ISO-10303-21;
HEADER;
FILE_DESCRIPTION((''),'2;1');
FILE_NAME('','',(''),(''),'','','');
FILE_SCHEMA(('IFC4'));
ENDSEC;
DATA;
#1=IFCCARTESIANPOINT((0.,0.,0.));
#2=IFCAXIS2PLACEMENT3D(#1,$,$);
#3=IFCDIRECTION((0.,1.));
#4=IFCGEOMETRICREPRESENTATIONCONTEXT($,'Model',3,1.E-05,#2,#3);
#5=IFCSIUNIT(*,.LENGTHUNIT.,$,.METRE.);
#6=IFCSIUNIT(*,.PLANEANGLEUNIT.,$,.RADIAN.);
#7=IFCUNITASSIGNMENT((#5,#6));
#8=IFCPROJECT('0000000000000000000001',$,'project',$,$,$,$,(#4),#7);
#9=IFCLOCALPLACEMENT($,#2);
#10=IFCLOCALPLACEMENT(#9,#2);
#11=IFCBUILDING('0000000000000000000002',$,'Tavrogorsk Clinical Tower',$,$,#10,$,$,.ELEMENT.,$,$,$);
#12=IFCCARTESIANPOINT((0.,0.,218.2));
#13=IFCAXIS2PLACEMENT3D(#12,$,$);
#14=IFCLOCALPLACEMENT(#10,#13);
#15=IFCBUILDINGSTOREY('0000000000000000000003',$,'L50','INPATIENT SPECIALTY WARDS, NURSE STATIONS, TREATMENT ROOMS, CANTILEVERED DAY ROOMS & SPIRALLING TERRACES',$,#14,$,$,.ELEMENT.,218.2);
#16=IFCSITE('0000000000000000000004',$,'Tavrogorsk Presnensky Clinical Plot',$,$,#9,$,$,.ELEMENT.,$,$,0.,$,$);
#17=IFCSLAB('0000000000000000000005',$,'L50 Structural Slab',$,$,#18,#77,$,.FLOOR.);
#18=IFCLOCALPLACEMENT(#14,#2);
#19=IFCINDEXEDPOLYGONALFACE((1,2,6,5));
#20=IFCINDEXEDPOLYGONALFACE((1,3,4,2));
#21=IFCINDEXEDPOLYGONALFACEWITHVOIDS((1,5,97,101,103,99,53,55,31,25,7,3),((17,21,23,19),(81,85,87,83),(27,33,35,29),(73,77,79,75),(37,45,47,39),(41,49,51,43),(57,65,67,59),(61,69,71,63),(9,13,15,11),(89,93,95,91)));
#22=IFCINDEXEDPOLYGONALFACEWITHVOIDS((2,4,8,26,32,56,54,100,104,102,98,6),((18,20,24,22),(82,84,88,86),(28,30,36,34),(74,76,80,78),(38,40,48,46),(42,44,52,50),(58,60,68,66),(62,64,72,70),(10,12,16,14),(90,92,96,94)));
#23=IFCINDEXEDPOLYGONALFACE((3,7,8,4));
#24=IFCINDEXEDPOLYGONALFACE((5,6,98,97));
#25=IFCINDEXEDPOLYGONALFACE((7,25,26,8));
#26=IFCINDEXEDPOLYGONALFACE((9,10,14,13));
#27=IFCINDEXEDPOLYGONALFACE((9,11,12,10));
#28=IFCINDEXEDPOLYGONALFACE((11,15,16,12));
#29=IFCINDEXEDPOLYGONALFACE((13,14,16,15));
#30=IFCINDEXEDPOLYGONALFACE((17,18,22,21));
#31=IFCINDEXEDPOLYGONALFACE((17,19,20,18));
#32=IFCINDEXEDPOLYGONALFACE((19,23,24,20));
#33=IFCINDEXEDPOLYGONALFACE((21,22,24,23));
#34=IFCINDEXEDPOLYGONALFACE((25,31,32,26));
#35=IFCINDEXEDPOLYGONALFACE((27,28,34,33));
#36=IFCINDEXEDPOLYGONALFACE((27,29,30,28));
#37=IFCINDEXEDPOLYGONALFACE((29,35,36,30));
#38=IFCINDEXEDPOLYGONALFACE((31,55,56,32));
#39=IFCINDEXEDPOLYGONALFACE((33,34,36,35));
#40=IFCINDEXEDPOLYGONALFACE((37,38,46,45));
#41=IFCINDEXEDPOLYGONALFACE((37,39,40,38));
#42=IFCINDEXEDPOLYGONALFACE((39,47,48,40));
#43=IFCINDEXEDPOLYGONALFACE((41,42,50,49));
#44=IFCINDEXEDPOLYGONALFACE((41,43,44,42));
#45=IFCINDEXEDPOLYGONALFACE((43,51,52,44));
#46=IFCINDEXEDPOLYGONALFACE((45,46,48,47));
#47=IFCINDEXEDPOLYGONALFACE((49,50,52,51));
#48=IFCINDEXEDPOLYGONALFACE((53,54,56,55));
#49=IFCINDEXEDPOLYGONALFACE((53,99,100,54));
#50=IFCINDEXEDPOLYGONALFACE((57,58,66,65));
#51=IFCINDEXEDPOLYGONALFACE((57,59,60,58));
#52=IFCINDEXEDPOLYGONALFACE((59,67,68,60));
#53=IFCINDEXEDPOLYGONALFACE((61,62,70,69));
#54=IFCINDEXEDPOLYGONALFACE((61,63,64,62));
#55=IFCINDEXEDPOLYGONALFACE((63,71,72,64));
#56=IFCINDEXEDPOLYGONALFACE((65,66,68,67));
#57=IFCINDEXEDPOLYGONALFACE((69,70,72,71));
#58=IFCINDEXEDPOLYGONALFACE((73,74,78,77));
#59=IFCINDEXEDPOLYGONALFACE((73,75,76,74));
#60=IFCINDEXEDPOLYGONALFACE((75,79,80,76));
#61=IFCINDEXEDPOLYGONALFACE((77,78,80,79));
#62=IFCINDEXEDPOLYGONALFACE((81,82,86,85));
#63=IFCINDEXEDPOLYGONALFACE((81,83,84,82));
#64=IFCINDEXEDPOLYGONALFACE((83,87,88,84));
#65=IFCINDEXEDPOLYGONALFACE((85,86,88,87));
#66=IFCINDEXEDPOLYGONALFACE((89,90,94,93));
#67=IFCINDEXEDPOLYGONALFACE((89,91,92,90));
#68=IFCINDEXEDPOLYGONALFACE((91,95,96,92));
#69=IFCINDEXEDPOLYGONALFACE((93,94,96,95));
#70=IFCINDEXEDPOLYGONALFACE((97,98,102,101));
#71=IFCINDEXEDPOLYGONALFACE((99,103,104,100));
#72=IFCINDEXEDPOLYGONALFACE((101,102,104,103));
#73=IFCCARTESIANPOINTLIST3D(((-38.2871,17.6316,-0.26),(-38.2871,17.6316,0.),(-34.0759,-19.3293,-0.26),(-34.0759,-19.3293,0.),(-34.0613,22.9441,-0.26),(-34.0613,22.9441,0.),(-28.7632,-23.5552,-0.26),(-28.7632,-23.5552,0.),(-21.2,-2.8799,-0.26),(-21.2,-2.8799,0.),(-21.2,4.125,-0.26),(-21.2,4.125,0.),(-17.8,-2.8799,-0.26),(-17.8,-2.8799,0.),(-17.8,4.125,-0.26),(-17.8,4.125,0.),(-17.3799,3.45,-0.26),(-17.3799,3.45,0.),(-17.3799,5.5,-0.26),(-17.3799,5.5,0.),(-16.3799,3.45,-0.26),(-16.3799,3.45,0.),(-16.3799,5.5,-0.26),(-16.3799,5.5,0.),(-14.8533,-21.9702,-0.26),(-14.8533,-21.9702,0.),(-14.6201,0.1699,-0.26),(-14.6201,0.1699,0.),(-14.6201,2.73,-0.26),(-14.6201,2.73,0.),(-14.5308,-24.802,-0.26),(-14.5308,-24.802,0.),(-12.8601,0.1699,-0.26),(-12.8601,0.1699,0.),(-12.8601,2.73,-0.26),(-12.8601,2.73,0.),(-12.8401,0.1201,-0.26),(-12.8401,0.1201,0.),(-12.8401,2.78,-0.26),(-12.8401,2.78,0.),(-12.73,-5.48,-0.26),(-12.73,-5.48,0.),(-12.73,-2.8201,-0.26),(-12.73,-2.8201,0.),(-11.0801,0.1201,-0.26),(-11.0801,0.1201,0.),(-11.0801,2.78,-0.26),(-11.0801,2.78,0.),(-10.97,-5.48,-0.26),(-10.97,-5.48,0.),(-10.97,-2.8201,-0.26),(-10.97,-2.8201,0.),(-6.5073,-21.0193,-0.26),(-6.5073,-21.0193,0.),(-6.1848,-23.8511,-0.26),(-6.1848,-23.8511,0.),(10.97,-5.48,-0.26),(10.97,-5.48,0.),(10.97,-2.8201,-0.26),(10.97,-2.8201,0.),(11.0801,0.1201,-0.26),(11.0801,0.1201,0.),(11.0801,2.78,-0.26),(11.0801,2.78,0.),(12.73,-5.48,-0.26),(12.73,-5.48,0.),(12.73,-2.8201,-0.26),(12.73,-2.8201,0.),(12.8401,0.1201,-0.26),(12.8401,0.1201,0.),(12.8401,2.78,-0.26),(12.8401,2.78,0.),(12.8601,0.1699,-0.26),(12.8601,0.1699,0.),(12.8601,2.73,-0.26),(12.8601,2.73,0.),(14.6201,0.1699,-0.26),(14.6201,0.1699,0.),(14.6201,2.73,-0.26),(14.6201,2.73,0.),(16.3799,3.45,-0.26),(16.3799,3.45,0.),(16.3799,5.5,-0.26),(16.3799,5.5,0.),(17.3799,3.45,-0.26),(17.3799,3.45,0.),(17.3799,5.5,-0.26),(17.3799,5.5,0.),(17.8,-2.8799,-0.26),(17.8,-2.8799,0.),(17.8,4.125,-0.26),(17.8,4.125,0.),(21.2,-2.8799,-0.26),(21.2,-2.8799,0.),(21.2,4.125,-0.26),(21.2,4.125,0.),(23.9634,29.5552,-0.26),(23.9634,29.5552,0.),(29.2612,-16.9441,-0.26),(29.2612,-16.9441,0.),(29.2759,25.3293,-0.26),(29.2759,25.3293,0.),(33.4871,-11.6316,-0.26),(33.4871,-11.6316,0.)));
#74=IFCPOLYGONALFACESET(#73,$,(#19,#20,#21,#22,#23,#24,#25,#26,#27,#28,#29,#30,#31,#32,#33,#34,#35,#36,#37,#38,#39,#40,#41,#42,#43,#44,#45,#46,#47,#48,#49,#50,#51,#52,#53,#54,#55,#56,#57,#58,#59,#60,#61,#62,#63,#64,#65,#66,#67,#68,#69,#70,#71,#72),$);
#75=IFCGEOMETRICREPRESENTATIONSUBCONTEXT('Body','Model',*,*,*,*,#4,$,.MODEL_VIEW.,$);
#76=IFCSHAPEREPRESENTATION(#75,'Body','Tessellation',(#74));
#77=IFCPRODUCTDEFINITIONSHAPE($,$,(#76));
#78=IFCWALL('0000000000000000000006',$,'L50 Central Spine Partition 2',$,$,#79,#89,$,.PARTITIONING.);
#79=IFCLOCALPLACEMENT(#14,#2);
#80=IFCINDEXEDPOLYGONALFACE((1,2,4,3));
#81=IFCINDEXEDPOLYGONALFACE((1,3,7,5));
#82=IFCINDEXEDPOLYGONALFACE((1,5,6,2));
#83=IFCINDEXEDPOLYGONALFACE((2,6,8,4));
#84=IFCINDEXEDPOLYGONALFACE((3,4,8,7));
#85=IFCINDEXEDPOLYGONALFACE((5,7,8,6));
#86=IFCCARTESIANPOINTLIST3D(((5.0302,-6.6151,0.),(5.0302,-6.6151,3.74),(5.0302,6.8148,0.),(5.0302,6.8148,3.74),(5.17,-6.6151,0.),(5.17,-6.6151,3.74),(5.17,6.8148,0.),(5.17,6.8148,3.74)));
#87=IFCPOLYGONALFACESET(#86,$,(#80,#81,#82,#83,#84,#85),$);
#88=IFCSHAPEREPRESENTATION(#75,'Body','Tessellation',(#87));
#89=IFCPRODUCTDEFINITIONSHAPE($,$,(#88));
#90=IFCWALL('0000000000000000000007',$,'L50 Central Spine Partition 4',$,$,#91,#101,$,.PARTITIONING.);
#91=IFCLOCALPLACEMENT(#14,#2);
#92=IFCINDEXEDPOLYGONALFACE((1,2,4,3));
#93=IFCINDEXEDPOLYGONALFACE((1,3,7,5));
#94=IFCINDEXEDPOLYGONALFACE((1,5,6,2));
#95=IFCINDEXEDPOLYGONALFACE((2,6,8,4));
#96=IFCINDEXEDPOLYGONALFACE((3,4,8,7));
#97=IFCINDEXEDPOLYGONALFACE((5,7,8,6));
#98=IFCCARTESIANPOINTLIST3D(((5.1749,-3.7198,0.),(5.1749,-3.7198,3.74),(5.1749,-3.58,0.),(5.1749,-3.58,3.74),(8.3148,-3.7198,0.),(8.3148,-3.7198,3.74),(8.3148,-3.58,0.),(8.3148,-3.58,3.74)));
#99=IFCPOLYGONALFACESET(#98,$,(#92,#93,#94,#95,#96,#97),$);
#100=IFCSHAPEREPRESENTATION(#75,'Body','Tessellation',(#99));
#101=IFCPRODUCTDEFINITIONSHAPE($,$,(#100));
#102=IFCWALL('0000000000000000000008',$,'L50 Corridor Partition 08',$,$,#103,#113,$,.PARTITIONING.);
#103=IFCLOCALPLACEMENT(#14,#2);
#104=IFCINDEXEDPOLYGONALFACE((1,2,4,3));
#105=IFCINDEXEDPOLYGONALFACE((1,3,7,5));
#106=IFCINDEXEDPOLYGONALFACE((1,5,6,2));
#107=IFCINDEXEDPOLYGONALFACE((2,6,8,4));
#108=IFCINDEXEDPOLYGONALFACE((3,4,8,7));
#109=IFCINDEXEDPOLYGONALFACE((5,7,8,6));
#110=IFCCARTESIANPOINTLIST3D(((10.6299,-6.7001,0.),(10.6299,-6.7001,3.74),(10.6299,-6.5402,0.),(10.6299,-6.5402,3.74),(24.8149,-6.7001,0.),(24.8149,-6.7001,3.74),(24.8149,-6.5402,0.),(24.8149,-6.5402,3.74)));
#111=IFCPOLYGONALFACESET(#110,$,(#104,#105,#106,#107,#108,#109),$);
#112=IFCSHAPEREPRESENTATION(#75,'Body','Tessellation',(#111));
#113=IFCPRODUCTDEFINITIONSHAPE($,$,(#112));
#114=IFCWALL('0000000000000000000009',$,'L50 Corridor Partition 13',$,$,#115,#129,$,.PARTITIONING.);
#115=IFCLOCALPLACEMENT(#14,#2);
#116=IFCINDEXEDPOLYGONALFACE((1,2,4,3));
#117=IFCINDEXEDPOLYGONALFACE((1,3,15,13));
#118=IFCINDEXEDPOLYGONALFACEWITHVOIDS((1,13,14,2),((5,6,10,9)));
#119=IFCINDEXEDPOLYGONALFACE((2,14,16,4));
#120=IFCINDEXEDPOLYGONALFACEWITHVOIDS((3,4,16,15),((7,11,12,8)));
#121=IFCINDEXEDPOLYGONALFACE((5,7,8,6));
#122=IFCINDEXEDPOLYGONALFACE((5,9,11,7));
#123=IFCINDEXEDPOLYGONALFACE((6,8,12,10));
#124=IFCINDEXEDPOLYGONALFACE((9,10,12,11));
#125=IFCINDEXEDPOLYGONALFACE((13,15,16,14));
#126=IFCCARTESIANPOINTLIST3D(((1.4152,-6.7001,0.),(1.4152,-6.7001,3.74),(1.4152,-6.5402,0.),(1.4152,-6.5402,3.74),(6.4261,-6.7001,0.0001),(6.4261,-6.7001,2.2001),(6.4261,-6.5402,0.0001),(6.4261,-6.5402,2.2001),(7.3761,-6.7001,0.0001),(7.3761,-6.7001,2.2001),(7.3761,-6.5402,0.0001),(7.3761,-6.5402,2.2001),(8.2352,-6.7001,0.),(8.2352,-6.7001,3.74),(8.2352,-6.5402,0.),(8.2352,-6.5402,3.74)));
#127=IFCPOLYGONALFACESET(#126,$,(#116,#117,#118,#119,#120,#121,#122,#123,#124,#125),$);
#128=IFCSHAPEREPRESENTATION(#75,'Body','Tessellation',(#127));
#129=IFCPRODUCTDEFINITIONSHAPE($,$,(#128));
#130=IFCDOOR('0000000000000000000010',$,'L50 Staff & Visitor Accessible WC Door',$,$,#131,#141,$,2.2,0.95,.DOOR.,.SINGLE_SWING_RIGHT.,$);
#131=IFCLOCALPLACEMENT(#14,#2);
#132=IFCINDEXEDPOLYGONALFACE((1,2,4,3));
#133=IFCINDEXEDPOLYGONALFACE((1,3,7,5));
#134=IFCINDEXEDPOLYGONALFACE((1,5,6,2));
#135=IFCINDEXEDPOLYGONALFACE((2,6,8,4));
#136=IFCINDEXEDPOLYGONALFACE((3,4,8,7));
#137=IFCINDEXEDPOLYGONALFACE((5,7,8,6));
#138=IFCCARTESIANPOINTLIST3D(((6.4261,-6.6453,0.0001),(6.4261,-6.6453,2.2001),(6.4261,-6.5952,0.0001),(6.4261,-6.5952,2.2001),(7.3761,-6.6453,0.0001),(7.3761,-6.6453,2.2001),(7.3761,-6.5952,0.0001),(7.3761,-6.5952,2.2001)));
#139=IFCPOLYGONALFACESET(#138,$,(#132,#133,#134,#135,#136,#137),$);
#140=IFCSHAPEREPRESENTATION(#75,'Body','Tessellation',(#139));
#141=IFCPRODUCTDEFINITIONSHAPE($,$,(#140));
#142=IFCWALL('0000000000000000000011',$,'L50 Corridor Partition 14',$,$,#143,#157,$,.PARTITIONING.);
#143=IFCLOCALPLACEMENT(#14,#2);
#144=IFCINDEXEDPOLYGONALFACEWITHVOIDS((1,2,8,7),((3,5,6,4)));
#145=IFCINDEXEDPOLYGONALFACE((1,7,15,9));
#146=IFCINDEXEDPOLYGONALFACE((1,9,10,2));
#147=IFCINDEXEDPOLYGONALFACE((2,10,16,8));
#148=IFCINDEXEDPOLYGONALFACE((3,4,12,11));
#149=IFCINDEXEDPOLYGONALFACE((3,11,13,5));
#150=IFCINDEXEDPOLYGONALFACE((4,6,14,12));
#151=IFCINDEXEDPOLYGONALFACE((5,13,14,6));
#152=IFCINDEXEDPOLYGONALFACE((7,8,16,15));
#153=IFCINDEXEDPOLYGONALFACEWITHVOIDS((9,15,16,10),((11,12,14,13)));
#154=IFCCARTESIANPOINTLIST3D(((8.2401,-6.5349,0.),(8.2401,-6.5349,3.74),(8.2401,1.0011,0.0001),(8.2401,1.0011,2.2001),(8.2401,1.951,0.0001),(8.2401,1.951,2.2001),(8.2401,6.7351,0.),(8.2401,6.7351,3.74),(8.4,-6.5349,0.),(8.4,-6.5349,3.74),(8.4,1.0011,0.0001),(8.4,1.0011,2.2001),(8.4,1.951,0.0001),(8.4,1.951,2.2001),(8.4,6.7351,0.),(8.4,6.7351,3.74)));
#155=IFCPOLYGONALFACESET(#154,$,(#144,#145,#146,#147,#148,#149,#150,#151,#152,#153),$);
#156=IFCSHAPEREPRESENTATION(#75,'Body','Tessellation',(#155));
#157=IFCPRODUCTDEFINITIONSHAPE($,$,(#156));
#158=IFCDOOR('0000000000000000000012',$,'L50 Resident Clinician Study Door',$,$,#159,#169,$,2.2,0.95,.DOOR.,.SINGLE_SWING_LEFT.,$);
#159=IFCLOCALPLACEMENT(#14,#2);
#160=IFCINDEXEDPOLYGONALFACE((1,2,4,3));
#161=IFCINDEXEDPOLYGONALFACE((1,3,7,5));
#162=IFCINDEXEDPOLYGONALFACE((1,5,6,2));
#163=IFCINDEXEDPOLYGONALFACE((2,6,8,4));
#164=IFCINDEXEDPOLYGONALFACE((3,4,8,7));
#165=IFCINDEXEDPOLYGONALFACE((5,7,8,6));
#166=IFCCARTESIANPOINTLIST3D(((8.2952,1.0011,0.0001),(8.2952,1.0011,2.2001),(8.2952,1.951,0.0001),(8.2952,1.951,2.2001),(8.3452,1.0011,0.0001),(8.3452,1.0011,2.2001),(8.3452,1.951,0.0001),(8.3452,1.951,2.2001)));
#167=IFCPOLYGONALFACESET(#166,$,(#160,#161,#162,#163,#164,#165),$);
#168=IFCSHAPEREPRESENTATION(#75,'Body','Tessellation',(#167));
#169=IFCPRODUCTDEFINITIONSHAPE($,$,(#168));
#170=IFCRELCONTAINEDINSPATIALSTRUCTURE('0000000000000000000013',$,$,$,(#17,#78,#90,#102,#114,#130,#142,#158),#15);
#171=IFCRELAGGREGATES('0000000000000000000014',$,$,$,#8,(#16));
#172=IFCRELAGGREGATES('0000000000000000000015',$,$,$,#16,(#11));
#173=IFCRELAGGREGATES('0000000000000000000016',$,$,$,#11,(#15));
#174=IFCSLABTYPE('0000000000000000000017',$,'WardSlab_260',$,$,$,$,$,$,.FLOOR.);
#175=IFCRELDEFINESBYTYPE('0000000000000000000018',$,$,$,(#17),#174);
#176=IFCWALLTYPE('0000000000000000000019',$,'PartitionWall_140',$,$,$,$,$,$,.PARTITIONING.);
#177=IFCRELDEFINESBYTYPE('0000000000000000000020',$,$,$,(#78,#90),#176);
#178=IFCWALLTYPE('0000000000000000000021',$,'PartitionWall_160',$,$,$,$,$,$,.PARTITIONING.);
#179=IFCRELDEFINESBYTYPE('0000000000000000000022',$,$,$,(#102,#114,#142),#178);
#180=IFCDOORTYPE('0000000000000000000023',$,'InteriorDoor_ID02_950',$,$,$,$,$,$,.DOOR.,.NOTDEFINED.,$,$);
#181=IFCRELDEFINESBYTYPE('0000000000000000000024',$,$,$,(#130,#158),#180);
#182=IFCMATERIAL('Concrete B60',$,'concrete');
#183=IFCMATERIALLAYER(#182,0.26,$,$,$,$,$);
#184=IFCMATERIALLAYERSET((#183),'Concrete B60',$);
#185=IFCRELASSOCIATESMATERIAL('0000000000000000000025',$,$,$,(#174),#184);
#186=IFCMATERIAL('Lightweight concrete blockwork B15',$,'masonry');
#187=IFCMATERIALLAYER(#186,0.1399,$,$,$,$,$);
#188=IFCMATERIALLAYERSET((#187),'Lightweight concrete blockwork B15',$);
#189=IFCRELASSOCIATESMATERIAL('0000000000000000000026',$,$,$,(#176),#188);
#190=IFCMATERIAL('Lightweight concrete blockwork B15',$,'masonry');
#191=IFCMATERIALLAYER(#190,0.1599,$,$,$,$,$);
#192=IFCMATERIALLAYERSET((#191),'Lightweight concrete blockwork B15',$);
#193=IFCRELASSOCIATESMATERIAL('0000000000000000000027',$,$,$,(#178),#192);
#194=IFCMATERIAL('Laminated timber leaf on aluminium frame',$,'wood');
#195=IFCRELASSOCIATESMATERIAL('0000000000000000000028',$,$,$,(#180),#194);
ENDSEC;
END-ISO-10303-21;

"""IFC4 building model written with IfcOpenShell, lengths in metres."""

from ifc_helpers import new_model, si_unit, direction, frame, frame_2d, origin, place, context, subcontext, project, spatial, polyline, rectangle, outline, extrude, material, layer, layer_set, type_object, element, fill, save


model = new_model("IFC4")

# Units and contexts
model_context = context("Model", 3, precision=1e-05, world=origin(), true_north=direction((0.0, 1.0)))
body_context = subcontext(model_context, "Body", "Model", "MODEL_VIEW")
ifc_project = project(units=[si_unit("LENGTHUNIT", "METRE"), si_unit("PLANEANGLEUNIT", "RADIAN")], contexts=[model_context])

# Site, building, storey
site_placement = place(None, origin())
site = spatial("IfcSite", under=ifc_project, at=site_placement, Name="Tavrogorsk Presnensky Clinical Plot", CompositionType="ELEMENT", RefElevation=0.0)
building_placement = place(site_placement, origin())
building = spatial("IfcBuilding", under=site, at=building_placement, Name="Tavrogorsk Clinical Tower", CompositionType="ELEMENT")
storey_placement = place(building_placement, frame((0.0, 0.0, 218.2)))
storey = spatial("IfcBuildingStorey", under=building, at=storey_placement, Name="L50", Description="INPATIENT SPECIALTY WARDS, NURSE STATIONS, TREATMENT ROOMS, CANTILEVERED DAY ROOMS & SPIRALLING TERRACES", CompositionType="ELEMENT", Elevation=218.2)

# Slab
ifc_material_1 = material(Name="Concrete B60", Category="concrete")
ifc_layer_1 = layer(ifc_material_1, 0.26)
ifc_layer_set_1 = layer_set([ifc_layer_1], Name="Concrete B60")
slab_type_1 = type_object("IfcSlabType", Name="WardSlab_260", PredefinedType="FLOOR", material=ifc_layer_set_1)
slab_1_placement = place(storey_placement, frame((0.0, 0.0, -0.26)))
element("IfcSlab", 1, at=slab_1_placement, inside=storey, type_object=slab_type_1, Name="L50 Structural Slab", PredefinedType="FLOOR", context=body_context, shape_type="SweptSolid", body=[
    extrude(outline(polyline([(-28.7632, -23.5552), (-34.0759, -19.3293), (-38.2871, 17.6316), (-34.0613, 22.9441), (23.9634, 29.5552), (29.2759, 25.3293), (33.4871, -11.6316), (29.2612, -16.9441), (-6.5073, -21.0193), (-6.1848, -23.8511), (-14.5308, -24.802), (-14.8533, -21.9702), (-28.7632, -23.5552)]), holes=[polyline([(-17.8, -2.8799), (-17.8, 4.125), (-21.2, 4.125), (-21.2, -2.8799), (-17.8, -2.8799)]), polyline([(21.2, -2.8799), (21.2, 4.125), (17.8, 4.125), (17.8, -2.8799), (21.2, -2.8799)]), polyline([(-14.6201, 0.1699), (-12.8601, 0.1699), (-12.8601, 2.73), (-14.6201, 2.73), (-14.6201, 0.1699)]), polyline([(-12.73, -5.48), (-10.97, -5.48), (-10.97, -2.8201), (-12.73, -2.8201), (-12.73, -5.48)]), polyline([(-12.8401, 0.1201), (-11.0801, 0.1201), (-11.0801, 2.78), (-12.8401, 2.78), (-12.8401, 0.1201)]), polyline([(12.8601, 0.1699), (14.6201, 0.1699), (14.6201, 2.73), (12.8601, 2.73), (12.8601, 0.1699)]), polyline([(10.97, -5.48), (12.73, -5.48), (12.73, -2.8201), (10.97, -2.8201), (10.97, -5.48)]), polyline([(11.0801, 0.1201), (12.8401, 0.1201), (12.8401, 2.78), (11.0801, 2.78), (11.0801, 0.1201)]), polyline([(-17.3799, 3.45), (-16.3799, 3.45), (-16.3799, 5.5), (-17.3799, 5.5), (-17.3799, 3.45)]), polyline([(16.3799, 3.45), (17.3799, 3.45), (17.3799, 5.5), (16.3799, 5.5), (16.3799, 3.45)])]), origin(), (0.0, 0.0, 1.0), 0.26),
])

# Walls
ifc_material_2 = material(Name="Lightweight concrete blockwork B15", Category="masonry")
ifc_layer_2 = layer(ifc_material_2, 0.1399)
ifc_layer_set_2 = layer_set([ifc_layer_2], Name="Lightweight concrete blockwork B15")
wall_type_1 = type_object("IfcWallType", Name="PartitionWall_140", PredefinedType="PARTITIONING", material=ifc_layer_set_2)
wall_1_placement = place(storey_placement, frame((5.1001, -6.615, 0.0), z_axis=(0.0, 0.0, 1.0), x_axis=(0.0, 1.0, 0.0)))
element("IfcWall", 2, at=wall_1_placement, inside=storey, type_object=wall_type_1, Name="L50 Central Spine Partition 2", PredefinedType="PARTITIONING", context=body_context, shape_type="SweptSolid", body=[
    extrude(rectangle(XDim=13.4299, YDim=0.1399, at=frame_2d((6.7148, 0.0))), origin(), (0.0, 0.0, 1.0), 3.74),
])
wall_2_placement = place(storey_placement, frame((5.175, -3.6499, 0.0), z_axis=(0.0, 0.0, 1.0), x_axis=(1.0, 0.0, 0.0)))
element("IfcWall", 3, at=wall_2_placement, inside=storey, type_object=wall_type_1, Name="L50 Central Spine Partition 4", PredefinedType="PARTITIONING", context=body_context, shape_type="SweptSolid", body=[
    extrude(rectangle(XDim=3.1399, YDim=0.1399, at=frame_2d((1.5698, 0.0))), origin(), (0.0, 0.0, 1.0), 3.74),
])
ifc_material_3 = material(Name="Lightweight concrete blockwork B15", Category="masonry")
ifc_layer_3 = layer(ifc_material_3, 0.1599)
ifc_layer_set_3 = layer_set([ifc_layer_3], Name="Lightweight concrete blockwork B15")
wall_type_2 = type_object("IfcWallType", Name="PartitionWall_160", PredefinedType="PARTITIONING", material=ifc_layer_set_3)
wall_3_placement = place(storey_placement, frame((10.6299, -6.6201, 0.0), z_axis=(0.0, 0.0, 1.0), x_axis=(1.0, 0.0, 0.0)))
element("IfcWall", 4, at=wall_3_placement, inside=storey, type_object=wall_type_2, Name="L50 Corridor Partition 08", PredefinedType="PARTITIONING", context=body_context, shape_type="SweptSolid", body=[
    extrude(rectangle(XDim=14.1851, YDim=0.1599, at=frame_2d((7.0925, 0.0))), origin(), (0.0, 0.0, 1.0), 3.74),
])

# Walls, openings, doors
wall_4_placement = place(storey_placement, frame((1.415, -6.6201, 0.0), z_axis=(0.0, 0.0, 1.0), x_axis=(1.0, 0.0, 0.0)))
wall_4 = element("IfcWall", 5, at=wall_4_placement, inside=storey, type_object=wall_type_2, Name="L50 Corridor Partition 13", PredefinedType="PARTITIONING", context=body_context, shape_type="SweptSolid", body=[
    extrude(rectangle(XDim=6.8201, YDim=0.1599, at=frame_2d((3.4102, 0.0))), origin(), (0.0, 0.0, 1.0), 3.74),
])
opening_1_placement = place(wall_4_placement, frame((5.011, 0.0, 0.0)))
opening_1 = element("IfcOpeningElement", 6, at=opening_1_placement, cuts=wall_4, PredefinedType="OPENING", context=body_context, shape_type="SweptSolid", body=[
    extrude(rectangle(XDim=0.95, YDim=2.2, at=frame_2d((0.4751, 1.1001))), frame((0.0, 0.0898, 0.0), z_axis=(0.0, -1.0, 0.0), x_axis=(1.0, 0.0, 0.0)), (0.0, 0.0, 1.0), 0.1799),
])
ifc_material_4 = material(Name="Laminated timber leaf on aluminium frame", Category="wood")
door_type_1 = type_object("IfcDoorType", Name="InteriorDoor_ID02_950", OperationType="NOTDEFINED", PredefinedType="DOOR", material=ifc_material_4)
door_1_placement = place(opening_1_placement, origin())
door_1 = element("IfcDoor", 7, at=door_1_placement, inside=storey, type_object=door_type_1, Name="L50 Staff & Visitor Accessible WC Door", OperationType="SINGLE_SWING_RIGHT", OverallHeight=2.2, OverallWidth=0.95, PredefinedType="DOOR", context=body_context, shape_type="SweptSolid", body=[
    extrude(rectangle(XDim=0.95, YDim=2.2, at=frame_2d((0.4751, 1.1001))), frame((0.0, 0.0249, 0.0), z_axis=(0.0, -1.0, 0.0), x_axis=(1.0, 0.0, 0.0)), (0.0, 0.0, 1.0), 0.05),
])
fill(opening_1, door_1)
wall_5_placement = place(storey_placement, frame((8.3201, -6.5349, 0.0), z_axis=(0.0, 0.0, 1.0), x_axis=(0.0, 1.0, 0.0)))
wall_5 = element("IfcWall", 8, at=wall_5_placement, inside=storey, type_object=wall_type_2, Name="L50 Corridor Partition 14", PredefinedType="PARTITIONING", context=body_context, shape_type="SweptSolid", body=[
    extrude(rectangle(XDim=13.27, YDim=0.1599, at=frame_2d((6.635, 0.0))), origin(), (0.0, 0.0, 1.0), 3.74),
])
opening_2_placement = place(wall_5_placement, frame((7.5359, 0.0, 0.0)))
opening_2 = element("IfcOpeningElement", 9, at=opening_2_placement, cuts=wall_5, PredefinedType="OPENING", context=body_context, shape_type="SweptSolid", body=[
    extrude(rectangle(XDim=0.95, YDim=2.2, at=frame_2d((0.4751, 1.1001))), frame((0.0, 0.0898, 0.0), z_axis=(0.0, -1.0, 0.0), x_axis=(1.0, 0.0, 0.0)), (0.0, 0.0, 1.0), 0.1799),
])
door_2_placement = place(opening_2_placement, origin())
door_2 = element("IfcDoor", 10, at=door_2_placement, inside=storey, type_object=door_type_1, Name="L50 Resident Clinician Study Door", OperationType="SINGLE_SWING_LEFT", OverallHeight=2.2, OverallWidth=0.95, PredefinedType="DOOR", context=body_context, shape_type="SweptSolid", body=[
    extrude(rectangle(XDim=0.95, YDim=2.2, at=frame_2d((0.4751, 1.1001))), frame((0.0, 0.0249, 0.0), z_axis=(0.0, -1.0, 0.0), x_axis=(1.0, 0.0, 0.0)), (0.0, 0.0, 1.0), 0.05),
])
fill(opening_2, door_2)

save(model, "model.ifc")
